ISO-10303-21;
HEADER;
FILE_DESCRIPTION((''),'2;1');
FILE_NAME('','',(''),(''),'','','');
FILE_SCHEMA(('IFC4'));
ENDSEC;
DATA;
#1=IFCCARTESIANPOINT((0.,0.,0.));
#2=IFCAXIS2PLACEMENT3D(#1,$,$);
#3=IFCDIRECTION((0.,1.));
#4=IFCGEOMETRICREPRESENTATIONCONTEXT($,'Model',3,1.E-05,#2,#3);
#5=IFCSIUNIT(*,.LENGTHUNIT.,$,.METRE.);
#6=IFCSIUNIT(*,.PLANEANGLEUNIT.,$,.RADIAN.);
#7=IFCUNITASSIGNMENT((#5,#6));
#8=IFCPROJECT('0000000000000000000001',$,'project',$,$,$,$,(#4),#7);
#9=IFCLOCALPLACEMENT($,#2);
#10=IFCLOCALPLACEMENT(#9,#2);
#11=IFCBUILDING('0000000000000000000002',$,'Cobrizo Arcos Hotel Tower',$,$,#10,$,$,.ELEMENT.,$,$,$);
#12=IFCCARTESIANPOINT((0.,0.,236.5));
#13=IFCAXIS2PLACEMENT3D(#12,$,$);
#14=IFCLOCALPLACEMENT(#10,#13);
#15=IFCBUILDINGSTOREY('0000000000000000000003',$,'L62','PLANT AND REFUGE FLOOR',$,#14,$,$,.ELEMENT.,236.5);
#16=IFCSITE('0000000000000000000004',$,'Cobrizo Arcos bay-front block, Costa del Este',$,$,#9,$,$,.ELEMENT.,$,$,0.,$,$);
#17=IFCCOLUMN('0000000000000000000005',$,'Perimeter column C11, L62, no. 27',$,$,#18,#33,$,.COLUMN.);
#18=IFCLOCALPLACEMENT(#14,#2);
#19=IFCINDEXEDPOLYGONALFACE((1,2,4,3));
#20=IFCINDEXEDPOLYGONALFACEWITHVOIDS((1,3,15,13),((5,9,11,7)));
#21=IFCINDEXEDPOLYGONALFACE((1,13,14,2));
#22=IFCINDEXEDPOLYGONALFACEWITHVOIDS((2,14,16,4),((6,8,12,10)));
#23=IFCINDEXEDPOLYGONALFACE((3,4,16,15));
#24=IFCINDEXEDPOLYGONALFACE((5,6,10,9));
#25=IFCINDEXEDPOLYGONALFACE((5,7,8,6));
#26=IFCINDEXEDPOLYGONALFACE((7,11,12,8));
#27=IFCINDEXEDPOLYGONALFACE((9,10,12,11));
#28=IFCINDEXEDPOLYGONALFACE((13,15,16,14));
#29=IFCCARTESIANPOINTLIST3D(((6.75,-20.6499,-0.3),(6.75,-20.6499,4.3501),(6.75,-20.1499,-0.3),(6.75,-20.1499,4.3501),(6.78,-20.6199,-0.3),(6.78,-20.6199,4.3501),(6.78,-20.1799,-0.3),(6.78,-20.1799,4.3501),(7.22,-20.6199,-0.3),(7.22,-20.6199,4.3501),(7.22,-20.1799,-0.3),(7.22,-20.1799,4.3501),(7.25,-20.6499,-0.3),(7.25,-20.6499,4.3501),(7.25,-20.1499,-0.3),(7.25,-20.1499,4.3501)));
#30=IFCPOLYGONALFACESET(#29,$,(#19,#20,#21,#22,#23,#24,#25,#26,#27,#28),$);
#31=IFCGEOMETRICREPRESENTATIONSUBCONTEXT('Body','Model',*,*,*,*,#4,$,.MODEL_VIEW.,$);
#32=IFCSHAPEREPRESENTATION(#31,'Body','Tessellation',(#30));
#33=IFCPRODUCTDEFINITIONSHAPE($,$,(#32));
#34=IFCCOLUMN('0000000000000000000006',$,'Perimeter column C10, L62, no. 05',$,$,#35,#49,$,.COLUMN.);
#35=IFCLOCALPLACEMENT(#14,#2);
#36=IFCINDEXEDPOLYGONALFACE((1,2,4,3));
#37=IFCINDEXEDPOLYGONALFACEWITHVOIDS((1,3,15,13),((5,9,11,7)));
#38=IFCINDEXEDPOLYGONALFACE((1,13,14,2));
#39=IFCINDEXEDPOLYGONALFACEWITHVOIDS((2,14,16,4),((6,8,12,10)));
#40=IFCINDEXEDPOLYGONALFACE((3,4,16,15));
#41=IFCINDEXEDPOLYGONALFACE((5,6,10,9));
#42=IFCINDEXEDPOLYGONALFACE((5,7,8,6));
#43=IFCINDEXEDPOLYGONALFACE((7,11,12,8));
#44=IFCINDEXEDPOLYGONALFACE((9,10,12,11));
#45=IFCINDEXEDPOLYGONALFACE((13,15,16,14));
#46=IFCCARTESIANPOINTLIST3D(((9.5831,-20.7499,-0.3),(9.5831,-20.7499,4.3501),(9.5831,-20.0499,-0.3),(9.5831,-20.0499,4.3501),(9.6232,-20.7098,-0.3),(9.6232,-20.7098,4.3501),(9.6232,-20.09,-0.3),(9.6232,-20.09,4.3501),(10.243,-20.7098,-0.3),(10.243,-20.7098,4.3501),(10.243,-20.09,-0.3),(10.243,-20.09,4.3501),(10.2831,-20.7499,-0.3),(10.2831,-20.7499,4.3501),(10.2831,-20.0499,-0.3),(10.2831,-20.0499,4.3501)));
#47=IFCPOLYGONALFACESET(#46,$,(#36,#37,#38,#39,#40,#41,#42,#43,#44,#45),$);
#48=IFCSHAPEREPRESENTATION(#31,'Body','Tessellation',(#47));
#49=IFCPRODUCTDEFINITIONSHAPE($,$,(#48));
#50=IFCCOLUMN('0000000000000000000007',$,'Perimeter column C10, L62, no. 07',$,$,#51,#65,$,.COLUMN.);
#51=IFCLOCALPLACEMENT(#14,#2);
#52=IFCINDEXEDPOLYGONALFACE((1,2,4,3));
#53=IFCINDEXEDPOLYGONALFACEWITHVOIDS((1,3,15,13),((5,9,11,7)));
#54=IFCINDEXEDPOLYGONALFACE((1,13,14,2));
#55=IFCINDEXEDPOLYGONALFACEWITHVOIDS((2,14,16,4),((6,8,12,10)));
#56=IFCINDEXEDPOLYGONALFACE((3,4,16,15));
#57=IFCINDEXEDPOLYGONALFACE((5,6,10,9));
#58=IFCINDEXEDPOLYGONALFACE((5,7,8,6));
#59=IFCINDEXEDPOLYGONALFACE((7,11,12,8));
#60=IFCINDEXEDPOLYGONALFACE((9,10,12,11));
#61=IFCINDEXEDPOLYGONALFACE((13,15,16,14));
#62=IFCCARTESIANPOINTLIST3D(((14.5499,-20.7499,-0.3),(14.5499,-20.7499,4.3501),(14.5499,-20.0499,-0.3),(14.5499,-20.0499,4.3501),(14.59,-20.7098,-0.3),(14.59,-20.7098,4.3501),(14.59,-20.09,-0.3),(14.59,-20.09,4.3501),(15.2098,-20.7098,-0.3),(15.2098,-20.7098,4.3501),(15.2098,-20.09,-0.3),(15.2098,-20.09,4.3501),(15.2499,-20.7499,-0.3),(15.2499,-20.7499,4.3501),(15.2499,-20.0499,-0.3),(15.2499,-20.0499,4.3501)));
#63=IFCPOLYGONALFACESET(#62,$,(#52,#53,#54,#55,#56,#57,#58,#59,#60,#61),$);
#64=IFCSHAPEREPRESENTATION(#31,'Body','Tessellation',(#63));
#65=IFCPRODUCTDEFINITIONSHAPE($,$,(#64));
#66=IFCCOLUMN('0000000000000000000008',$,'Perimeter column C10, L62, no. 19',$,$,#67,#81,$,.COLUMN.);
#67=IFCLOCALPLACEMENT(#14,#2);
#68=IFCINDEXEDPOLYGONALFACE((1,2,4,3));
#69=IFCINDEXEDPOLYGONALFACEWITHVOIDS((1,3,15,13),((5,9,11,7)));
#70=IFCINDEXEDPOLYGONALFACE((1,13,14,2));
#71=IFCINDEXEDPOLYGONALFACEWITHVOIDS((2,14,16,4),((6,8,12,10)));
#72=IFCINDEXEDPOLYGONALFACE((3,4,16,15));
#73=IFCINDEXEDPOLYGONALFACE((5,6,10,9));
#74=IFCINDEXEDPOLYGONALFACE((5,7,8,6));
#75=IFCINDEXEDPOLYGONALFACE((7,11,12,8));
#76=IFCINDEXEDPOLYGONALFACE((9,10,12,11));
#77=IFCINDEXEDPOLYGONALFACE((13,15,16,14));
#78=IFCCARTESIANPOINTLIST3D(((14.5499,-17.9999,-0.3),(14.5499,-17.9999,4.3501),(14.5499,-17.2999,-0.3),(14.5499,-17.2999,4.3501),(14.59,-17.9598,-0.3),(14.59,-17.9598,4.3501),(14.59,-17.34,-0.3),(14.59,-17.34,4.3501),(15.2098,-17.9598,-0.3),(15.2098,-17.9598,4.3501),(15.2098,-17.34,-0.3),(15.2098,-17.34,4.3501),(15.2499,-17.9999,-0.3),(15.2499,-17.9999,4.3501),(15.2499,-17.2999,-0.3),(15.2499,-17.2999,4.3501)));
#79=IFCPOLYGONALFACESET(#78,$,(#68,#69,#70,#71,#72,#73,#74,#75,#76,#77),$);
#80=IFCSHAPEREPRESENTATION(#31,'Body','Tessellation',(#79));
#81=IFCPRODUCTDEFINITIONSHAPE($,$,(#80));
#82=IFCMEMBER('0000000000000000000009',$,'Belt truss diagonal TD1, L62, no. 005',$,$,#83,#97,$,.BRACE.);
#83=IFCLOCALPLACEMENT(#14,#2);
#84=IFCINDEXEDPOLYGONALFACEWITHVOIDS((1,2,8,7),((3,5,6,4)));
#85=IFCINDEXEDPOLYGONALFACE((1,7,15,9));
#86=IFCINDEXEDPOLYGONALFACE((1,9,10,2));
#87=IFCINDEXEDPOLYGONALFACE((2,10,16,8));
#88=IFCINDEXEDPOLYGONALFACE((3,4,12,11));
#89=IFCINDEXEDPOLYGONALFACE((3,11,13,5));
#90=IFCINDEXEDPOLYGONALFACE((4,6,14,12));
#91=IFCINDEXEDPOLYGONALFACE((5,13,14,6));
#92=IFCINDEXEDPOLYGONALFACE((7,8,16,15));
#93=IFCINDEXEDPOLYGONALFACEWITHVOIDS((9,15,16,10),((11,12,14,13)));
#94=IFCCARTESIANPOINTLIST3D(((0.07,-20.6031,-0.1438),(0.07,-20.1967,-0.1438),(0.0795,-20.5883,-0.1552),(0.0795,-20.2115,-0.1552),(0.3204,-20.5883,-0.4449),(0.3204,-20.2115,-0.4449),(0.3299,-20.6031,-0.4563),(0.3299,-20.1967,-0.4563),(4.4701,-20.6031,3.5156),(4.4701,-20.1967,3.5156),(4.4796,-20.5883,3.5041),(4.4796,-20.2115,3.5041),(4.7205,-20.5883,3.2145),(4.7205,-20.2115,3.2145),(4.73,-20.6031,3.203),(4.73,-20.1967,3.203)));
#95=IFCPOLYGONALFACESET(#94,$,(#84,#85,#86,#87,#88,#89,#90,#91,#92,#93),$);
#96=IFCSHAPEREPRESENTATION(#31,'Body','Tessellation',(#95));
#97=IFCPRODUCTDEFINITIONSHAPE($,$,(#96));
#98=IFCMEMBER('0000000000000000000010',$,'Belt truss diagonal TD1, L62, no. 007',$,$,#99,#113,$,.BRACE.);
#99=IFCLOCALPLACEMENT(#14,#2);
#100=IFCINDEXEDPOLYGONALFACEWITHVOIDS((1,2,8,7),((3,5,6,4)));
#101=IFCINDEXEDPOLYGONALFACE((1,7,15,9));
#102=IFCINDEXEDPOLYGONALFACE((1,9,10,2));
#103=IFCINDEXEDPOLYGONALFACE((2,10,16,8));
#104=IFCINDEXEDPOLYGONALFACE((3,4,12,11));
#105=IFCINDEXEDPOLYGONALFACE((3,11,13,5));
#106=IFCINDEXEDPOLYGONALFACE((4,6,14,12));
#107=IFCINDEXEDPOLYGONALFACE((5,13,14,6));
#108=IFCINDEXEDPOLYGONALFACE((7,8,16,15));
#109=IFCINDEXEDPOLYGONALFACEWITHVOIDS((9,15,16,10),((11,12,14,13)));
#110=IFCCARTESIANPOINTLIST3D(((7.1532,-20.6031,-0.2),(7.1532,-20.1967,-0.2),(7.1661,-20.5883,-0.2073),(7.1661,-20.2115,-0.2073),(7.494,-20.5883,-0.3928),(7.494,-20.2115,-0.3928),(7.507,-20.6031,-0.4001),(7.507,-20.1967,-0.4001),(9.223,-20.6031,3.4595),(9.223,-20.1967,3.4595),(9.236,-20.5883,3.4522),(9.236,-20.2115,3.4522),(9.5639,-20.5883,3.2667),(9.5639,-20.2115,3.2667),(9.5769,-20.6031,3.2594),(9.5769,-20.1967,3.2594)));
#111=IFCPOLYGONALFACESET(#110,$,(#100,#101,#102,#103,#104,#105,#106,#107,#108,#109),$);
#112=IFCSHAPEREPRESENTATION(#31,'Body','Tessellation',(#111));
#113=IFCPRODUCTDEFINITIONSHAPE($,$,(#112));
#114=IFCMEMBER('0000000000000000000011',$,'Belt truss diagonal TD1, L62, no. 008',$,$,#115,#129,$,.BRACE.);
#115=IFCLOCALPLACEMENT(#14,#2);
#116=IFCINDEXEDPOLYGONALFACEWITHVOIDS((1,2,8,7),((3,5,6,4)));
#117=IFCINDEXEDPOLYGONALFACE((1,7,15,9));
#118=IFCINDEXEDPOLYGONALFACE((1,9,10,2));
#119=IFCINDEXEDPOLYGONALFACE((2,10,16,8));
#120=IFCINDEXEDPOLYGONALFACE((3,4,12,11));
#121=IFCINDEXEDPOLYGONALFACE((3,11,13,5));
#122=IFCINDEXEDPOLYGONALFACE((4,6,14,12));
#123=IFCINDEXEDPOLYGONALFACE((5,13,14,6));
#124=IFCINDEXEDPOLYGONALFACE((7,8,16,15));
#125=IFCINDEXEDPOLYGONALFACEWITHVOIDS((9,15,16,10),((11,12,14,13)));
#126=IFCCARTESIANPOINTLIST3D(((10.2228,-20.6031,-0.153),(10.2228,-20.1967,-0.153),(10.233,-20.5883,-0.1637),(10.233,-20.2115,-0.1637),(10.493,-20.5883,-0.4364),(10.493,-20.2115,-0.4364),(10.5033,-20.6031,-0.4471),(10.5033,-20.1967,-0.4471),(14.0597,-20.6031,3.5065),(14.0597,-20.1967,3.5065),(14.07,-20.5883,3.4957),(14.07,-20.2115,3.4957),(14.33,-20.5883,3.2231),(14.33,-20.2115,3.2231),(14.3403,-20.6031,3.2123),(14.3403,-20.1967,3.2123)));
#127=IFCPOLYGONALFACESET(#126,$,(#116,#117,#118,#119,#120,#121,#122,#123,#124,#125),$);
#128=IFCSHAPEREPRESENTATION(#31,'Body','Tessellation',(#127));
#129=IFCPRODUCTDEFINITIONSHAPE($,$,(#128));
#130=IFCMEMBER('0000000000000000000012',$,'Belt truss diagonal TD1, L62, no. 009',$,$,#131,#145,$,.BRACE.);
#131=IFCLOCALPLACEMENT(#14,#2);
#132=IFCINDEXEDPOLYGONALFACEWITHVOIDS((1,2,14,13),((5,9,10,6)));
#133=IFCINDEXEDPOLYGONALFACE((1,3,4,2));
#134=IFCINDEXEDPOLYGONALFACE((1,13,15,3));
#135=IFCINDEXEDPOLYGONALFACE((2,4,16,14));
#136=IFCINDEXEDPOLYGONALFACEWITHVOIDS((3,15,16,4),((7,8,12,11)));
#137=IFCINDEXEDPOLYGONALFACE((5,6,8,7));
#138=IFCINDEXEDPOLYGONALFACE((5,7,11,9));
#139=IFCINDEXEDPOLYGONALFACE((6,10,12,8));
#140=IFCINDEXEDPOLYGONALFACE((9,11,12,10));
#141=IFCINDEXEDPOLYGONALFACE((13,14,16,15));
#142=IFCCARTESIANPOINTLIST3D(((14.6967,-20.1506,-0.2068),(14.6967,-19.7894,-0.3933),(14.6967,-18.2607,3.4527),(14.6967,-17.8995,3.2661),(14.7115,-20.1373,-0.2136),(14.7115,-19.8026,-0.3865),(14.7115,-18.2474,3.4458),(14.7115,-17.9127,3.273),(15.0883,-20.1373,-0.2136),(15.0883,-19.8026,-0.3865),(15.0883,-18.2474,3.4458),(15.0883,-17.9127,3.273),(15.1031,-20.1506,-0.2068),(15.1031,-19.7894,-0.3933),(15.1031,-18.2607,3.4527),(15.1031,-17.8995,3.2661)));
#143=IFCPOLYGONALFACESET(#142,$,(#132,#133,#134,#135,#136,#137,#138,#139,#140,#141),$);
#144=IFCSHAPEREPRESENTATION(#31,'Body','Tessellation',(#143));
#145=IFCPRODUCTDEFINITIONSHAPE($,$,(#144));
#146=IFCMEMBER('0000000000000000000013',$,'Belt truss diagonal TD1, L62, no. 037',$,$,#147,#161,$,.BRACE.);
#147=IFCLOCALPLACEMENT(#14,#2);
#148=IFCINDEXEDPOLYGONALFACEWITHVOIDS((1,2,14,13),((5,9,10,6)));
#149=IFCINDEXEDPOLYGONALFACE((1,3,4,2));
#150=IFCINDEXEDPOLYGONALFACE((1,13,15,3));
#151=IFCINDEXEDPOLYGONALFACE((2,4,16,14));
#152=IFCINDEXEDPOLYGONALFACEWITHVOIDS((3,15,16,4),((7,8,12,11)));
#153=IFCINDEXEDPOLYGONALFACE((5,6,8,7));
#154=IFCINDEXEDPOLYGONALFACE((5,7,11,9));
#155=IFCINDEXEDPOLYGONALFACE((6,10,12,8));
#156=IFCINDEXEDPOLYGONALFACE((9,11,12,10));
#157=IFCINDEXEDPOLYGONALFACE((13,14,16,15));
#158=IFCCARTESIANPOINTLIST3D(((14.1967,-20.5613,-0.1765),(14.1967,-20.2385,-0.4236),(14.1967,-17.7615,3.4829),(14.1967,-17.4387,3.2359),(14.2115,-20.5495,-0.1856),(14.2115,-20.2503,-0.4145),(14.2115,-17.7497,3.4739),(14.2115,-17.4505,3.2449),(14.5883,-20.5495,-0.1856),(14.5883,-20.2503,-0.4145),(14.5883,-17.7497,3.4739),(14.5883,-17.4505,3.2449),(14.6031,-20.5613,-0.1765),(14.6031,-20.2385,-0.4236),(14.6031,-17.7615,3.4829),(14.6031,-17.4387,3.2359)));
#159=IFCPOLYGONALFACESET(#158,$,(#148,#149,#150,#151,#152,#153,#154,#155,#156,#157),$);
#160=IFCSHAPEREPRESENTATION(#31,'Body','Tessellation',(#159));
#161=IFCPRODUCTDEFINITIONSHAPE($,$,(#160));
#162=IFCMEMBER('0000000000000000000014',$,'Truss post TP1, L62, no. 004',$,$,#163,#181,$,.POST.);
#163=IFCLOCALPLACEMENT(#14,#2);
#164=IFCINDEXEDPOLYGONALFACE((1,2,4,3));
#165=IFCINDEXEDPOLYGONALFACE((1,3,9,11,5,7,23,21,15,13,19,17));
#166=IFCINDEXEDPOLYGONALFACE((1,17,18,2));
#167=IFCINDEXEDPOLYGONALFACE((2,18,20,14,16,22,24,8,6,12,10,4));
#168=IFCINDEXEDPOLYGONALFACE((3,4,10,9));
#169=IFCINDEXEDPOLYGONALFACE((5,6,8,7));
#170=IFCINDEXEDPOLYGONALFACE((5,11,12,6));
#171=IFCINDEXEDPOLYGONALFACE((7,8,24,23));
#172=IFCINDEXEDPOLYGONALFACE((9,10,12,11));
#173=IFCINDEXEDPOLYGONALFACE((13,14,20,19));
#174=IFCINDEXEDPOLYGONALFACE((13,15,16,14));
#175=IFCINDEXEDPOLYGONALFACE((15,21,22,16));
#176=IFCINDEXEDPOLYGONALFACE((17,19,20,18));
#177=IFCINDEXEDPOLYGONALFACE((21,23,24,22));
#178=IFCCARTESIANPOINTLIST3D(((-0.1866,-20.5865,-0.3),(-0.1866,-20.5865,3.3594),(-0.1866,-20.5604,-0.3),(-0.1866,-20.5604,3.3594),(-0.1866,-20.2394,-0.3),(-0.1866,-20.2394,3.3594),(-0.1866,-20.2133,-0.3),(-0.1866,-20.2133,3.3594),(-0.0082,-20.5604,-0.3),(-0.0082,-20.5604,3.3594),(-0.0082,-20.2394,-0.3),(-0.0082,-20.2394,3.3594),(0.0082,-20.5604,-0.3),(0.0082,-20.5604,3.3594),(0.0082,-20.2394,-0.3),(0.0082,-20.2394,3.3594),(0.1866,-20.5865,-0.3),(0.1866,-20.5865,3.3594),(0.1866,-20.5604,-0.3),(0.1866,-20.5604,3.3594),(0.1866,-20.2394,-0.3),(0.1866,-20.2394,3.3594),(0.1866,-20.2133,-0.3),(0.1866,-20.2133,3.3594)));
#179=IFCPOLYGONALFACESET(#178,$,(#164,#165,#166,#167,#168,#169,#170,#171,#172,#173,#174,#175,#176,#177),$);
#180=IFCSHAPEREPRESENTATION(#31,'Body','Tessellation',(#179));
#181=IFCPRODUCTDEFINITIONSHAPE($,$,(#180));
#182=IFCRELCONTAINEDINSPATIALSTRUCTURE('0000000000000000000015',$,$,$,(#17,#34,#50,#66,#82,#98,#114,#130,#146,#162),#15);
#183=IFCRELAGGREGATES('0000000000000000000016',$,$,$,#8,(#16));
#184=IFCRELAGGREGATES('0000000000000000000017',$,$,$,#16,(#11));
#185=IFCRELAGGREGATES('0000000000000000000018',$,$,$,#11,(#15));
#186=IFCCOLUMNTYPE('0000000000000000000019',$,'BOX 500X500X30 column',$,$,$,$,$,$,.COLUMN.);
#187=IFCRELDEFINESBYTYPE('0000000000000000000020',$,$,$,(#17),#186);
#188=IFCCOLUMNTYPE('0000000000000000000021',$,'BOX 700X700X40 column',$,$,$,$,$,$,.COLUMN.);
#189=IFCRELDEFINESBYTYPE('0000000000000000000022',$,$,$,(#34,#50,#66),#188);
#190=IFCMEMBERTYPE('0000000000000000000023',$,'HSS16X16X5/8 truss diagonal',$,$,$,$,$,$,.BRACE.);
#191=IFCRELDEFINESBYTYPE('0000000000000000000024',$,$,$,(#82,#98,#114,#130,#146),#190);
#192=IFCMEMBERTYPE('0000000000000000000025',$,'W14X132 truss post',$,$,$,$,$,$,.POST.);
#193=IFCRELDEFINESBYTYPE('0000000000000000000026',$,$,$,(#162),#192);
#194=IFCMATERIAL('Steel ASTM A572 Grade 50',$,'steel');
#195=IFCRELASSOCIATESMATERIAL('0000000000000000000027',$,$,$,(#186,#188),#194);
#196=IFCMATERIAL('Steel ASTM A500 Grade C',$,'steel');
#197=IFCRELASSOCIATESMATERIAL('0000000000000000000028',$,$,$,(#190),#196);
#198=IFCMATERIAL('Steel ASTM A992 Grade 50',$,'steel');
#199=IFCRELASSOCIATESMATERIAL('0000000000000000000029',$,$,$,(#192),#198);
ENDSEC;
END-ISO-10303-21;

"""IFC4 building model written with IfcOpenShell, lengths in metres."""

from ifc_helpers import new_model, si_unit, direction, frame, origin, origin_2d, place, context, subcontext, project, spatial, hollow_rectangle, i_section, extrude, material, material_profile, profile_set, type_object, element, save


model = new_model("IFC4")

# Units and contexts
model_context = context("Model", 3, precision=1e-05, world=origin(), true_north=direction((0.0, 1.0)))
body_context = subcontext(model_context, "Body", "Model", "MODEL_VIEW")
ifc_project = project(units=[si_unit("LENGTHUNIT", "METRE"), si_unit("PLANEANGLEUNIT", "RADIAN")], contexts=[model_context])

# Site, building, storey
site_placement = place(None, origin())
site = spatial("IfcSite", under=ifc_project, at=site_placement, Name="Cobrizo Arcos bay-front block, Costa del Este", CompositionType="ELEMENT", RefElevation=0.0)
building_placement = place(site_placement, origin())
building = spatial("IfcBuilding", under=site, at=building_placement, Name="Cobrizo Arcos Hotel Tower", CompositionType="ELEMENT")
storey_placement = place(building_placement, frame((0.0, 0.0, 236.5)))
storey = spatial("IfcBuildingStorey", under=building, at=storey_placement, Name="L62", Description="PLANT AND REFUGE FLOOR", CompositionType="ELEMENT", Elevation=236.5)

# Columns
ifc_material_1 = material(Name="Steel ASTM A572 Grade 50", Category="steel")
ifc_material_profile_1 = material_profile(ifc_material_1, hollow_rectangle(XDim=0.5, YDim=0.5, WallThickness=0.03, at=origin_2d()), Name="BOX 500X500X30")
ifc_profile_set_1 = profile_set([ifc_material_profile_1], Name="Steel ASTM A572 Grade 50")
column_type_1 = type_object("IfcColumnType", Name="BOX 500X500X30 column", PredefinedType="COLUMN", material=ifc_profile_set_1)
column_placement = place(storey_placement, frame((7.0, -20.3999, -0.3), z_axis=(0.0, 0.0, 1.0), x_axis=(1.0, 0.0, 0.0)))
element("IfcColumn", 1, at=column_placement, inside=storey, type_object=column_type_1, Name="Perimeter column C11, L62, no. 27", PredefinedType="COLUMN", context=body_context, shape_type="SweptSolid", body=[
    extrude(hollow_rectangle(XDim=0.5, YDim=0.5, WallThickness=0.03, at=origin_2d()), origin(), (0.0, 0.0, 1.0), 4.6501),
])
ifc_material_profile_2 = material_profile(ifc_material_1, hollow_rectangle(XDim=0.7, YDim=0.7, WallThickness=0.04, at=origin_2d()), Name="BOX 700X700X40")
ifc_profile_set_2 = profile_set([ifc_material_profile_2], Name="Steel ASTM A572 Grade 50")
column_type_2 = type_object("IfcColumnType", Name="BOX 700X700X40 column", PredefinedType="COLUMN", material=ifc_profile_set_2)
for number, where, z_axis, x_axis, name in (
    (2, (9.9331, -20.3999, -0.3), (0.0, 0.0, 1.0), (1.0, 0.0, 0.0), "Perimeter column C10, L62, no. 05"),
    (3, (14.8999, -20.3999, -0.3), (0.0, 0.0, 1.0), (1.0, 0.0, 0.0), "Perimeter column C10, L62, no. 07"),
    (4, (14.8999, -17.6499, -0.3), (0.0, 0.0, 1.0), (1.0, 0.0, 0.0), "Perimeter column C10, L62, no. 19"),
):
    element("IfcColumn", number, at=place(storey_placement, frame(where, z_axis=z_axis, x_axis=x_axis)), inside=storey, type_object=column_type_2, Name=name, PredefinedType="COLUMN", context=body_context, shape_type="SweptSolid", body=[
        extrude(hollow_rectangle(XDim=0.7, YDim=0.7, WallThickness=0.04, at=origin_2d()), origin(), (0.0, 0.0, 1.0), 4.6501),
    ])

# Members
ifc_material_2 = material(Name="Steel ASTM A500 Grade C", Category="steel")
ifc_material_profile_3 = material_profile(ifc_material_2, hollow_rectangle(XDim=0.4065, YDim=0.4065, WallThickness=0.0149, at=origin_2d()), Name="HSS16X16X5/8")
ifc_profile_set_3 = profile_set([ifc_material_profile_3], Name="Steel ASTM A500 Grade C")
member_type_1 = type_object("IfcMemberType", Name="HSS16X16X5/8 truss diagonal", PredefinedType="BRACE", material=ifc_profile_set_3)
member_1_placement = place(storey_placement, frame((0.2, -20.3999, -0.3), z_axis=(0.768854, 0.0, 0.639425), x_axis=(0.0, 1.0, 0.0)))
element("IfcMember", 5, at=member_1_placement, inside=storey, type_object=member_type_1, Name="Belt truss diagonal TD1, L62, no. 005", PredefinedType="BRACE", context=body_context, shape_type="SweptSolid", body=[
    extrude(hollow_rectangle(XDim=0.4065, YDim=0.4065, WallThickness=0.0149, at=origin_2d()), origin(), (0.0, 0.0, 1.0), 5.7229),
])
member_2_placement = place(storey_placement, frame((7.3301, -20.3999, -0.3), z_axis=(0.492319, 0.0, 0.870415), x_axis=(0.0, 1.0, 0.0)))
element("IfcMember", 6, at=member_2_placement, inside=storey, type_object=member_type_1, Name="Belt truss diagonal TD1, L62, no. 007", PredefinedType="BRACE", context=body_context, shape_type="SweptSolid", body=[
    extrude(hollow_rectangle(XDim=0.4065, YDim=0.4065, WallThickness=0.0149, at=origin_2d()), origin(), (0.0, 0.0, 1.0), 4.2043),
])
member_3_placement = place(storey_placement, frame((10.363, -20.3999, -0.3), z_axis=(0.723646, 0.0, 0.690171), x_axis=(0.0, 1.0, 0.0)))
element("IfcMember", 7, at=member_3_placement, inside=storey, type_object=member_type_1, Name="Belt truss diagonal TD1, L62, no. 008", PredefinedType="BRACE", context=body_context, shape_type="SweptSolid", body=[
    extrude(hollow_rectangle(XDim=0.4065, YDim=0.4065, WallThickness=0.0149, at=origin_2d()), origin(), (0.0, 0.0, 1.0), 5.3022),
])
member_4_placement = place(storey_placement, frame((14.8999, -19.97, -0.3), z_axis=(0.0, 0.458865, 0.888506), x_axis=(-1.0, 0.0, 0.0)))
element("IfcMember", 8, at=member_4_placement, inside=storey, type_object=member_type_1, Name="Belt truss diagonal TD1, L62, no. 009", PredefinedType="BRACE", context=body_context, shape_type="SweptSolid", body=[
    extrude(hollow_rectangle(XDim=0.4065, YDim=0.4065, WallThickness=0.0149, at=origin_2d()), origin(), (0.0, 0.0, 1.0), 4.1187),
])
member_5_placement = place(storey_placement, frame((14.3999, -20.3999, -0.3), z_axis=(0.0, 0.607645, 0.794209), x_axis=(-1.0, 0.0, 0.0)))
element("IfcMember", 9, at=member_5_placement, inside=storey, type_object=member_type_1, Name="Belt truss diagonal TD1, L62, no. 037", PredefinedType="BRACE", context=body_context, shape_type="SweptSolid", body=[
    extrude(hollow_rectangle(XDim=0.4065, YDim=0.4065, WallThickness=0.0149, at=origin_2d()), origin(), (0.0, 0.0, 1.0), 4.6077),
])
ifc_material_3 = material(Name="Steel ASTM A992 Grade 50", Category="steel")
ifc_material_profile_4 = material_profile(ifc_material_3, i_section(OverallWidth=0.3733, OverallDepth=0.3733, WebThickness=0.0164, FlangeThickness=0.0261, at=origin_2d()), Name="W14X132")
ifc_profile_set_4 = profile_set([ifc_material_profile_4], Name="Steel ASTM A992 Grade 50")
member_type_2 = type_object("IfcMemberType", Name="W14X132 truss post", PredefinedType="POST", material=ifc_profile_set_4)
for number, where, z_axis, x_axis, name in (
    (10, (0.0, -20.3999, -0.3), (0.0, 0.0, 1.0), (1.0, 0.0, 0.0), "Truss post TP1, L62, no. 004"),
):
    element("IfcMember", number, at=place(storey_placement, frame(where, z_axis=z_axis, x_axis=x_axis)), inside=storey, type_object=member_type_2, Name=name, PredefinedType="POST", context=body_context, shape_type="SweptSolid", body=[
        extrude(i_section(OverallWidth=0.3733, OverallDepth=0.3733, WebThickness=0.0164, FlangeThickness=0.0261, at=origin_2d()), origin(), (0.0, 0.0, 1.0), 3.6594),
    ])

save(model, "model.ifc")
